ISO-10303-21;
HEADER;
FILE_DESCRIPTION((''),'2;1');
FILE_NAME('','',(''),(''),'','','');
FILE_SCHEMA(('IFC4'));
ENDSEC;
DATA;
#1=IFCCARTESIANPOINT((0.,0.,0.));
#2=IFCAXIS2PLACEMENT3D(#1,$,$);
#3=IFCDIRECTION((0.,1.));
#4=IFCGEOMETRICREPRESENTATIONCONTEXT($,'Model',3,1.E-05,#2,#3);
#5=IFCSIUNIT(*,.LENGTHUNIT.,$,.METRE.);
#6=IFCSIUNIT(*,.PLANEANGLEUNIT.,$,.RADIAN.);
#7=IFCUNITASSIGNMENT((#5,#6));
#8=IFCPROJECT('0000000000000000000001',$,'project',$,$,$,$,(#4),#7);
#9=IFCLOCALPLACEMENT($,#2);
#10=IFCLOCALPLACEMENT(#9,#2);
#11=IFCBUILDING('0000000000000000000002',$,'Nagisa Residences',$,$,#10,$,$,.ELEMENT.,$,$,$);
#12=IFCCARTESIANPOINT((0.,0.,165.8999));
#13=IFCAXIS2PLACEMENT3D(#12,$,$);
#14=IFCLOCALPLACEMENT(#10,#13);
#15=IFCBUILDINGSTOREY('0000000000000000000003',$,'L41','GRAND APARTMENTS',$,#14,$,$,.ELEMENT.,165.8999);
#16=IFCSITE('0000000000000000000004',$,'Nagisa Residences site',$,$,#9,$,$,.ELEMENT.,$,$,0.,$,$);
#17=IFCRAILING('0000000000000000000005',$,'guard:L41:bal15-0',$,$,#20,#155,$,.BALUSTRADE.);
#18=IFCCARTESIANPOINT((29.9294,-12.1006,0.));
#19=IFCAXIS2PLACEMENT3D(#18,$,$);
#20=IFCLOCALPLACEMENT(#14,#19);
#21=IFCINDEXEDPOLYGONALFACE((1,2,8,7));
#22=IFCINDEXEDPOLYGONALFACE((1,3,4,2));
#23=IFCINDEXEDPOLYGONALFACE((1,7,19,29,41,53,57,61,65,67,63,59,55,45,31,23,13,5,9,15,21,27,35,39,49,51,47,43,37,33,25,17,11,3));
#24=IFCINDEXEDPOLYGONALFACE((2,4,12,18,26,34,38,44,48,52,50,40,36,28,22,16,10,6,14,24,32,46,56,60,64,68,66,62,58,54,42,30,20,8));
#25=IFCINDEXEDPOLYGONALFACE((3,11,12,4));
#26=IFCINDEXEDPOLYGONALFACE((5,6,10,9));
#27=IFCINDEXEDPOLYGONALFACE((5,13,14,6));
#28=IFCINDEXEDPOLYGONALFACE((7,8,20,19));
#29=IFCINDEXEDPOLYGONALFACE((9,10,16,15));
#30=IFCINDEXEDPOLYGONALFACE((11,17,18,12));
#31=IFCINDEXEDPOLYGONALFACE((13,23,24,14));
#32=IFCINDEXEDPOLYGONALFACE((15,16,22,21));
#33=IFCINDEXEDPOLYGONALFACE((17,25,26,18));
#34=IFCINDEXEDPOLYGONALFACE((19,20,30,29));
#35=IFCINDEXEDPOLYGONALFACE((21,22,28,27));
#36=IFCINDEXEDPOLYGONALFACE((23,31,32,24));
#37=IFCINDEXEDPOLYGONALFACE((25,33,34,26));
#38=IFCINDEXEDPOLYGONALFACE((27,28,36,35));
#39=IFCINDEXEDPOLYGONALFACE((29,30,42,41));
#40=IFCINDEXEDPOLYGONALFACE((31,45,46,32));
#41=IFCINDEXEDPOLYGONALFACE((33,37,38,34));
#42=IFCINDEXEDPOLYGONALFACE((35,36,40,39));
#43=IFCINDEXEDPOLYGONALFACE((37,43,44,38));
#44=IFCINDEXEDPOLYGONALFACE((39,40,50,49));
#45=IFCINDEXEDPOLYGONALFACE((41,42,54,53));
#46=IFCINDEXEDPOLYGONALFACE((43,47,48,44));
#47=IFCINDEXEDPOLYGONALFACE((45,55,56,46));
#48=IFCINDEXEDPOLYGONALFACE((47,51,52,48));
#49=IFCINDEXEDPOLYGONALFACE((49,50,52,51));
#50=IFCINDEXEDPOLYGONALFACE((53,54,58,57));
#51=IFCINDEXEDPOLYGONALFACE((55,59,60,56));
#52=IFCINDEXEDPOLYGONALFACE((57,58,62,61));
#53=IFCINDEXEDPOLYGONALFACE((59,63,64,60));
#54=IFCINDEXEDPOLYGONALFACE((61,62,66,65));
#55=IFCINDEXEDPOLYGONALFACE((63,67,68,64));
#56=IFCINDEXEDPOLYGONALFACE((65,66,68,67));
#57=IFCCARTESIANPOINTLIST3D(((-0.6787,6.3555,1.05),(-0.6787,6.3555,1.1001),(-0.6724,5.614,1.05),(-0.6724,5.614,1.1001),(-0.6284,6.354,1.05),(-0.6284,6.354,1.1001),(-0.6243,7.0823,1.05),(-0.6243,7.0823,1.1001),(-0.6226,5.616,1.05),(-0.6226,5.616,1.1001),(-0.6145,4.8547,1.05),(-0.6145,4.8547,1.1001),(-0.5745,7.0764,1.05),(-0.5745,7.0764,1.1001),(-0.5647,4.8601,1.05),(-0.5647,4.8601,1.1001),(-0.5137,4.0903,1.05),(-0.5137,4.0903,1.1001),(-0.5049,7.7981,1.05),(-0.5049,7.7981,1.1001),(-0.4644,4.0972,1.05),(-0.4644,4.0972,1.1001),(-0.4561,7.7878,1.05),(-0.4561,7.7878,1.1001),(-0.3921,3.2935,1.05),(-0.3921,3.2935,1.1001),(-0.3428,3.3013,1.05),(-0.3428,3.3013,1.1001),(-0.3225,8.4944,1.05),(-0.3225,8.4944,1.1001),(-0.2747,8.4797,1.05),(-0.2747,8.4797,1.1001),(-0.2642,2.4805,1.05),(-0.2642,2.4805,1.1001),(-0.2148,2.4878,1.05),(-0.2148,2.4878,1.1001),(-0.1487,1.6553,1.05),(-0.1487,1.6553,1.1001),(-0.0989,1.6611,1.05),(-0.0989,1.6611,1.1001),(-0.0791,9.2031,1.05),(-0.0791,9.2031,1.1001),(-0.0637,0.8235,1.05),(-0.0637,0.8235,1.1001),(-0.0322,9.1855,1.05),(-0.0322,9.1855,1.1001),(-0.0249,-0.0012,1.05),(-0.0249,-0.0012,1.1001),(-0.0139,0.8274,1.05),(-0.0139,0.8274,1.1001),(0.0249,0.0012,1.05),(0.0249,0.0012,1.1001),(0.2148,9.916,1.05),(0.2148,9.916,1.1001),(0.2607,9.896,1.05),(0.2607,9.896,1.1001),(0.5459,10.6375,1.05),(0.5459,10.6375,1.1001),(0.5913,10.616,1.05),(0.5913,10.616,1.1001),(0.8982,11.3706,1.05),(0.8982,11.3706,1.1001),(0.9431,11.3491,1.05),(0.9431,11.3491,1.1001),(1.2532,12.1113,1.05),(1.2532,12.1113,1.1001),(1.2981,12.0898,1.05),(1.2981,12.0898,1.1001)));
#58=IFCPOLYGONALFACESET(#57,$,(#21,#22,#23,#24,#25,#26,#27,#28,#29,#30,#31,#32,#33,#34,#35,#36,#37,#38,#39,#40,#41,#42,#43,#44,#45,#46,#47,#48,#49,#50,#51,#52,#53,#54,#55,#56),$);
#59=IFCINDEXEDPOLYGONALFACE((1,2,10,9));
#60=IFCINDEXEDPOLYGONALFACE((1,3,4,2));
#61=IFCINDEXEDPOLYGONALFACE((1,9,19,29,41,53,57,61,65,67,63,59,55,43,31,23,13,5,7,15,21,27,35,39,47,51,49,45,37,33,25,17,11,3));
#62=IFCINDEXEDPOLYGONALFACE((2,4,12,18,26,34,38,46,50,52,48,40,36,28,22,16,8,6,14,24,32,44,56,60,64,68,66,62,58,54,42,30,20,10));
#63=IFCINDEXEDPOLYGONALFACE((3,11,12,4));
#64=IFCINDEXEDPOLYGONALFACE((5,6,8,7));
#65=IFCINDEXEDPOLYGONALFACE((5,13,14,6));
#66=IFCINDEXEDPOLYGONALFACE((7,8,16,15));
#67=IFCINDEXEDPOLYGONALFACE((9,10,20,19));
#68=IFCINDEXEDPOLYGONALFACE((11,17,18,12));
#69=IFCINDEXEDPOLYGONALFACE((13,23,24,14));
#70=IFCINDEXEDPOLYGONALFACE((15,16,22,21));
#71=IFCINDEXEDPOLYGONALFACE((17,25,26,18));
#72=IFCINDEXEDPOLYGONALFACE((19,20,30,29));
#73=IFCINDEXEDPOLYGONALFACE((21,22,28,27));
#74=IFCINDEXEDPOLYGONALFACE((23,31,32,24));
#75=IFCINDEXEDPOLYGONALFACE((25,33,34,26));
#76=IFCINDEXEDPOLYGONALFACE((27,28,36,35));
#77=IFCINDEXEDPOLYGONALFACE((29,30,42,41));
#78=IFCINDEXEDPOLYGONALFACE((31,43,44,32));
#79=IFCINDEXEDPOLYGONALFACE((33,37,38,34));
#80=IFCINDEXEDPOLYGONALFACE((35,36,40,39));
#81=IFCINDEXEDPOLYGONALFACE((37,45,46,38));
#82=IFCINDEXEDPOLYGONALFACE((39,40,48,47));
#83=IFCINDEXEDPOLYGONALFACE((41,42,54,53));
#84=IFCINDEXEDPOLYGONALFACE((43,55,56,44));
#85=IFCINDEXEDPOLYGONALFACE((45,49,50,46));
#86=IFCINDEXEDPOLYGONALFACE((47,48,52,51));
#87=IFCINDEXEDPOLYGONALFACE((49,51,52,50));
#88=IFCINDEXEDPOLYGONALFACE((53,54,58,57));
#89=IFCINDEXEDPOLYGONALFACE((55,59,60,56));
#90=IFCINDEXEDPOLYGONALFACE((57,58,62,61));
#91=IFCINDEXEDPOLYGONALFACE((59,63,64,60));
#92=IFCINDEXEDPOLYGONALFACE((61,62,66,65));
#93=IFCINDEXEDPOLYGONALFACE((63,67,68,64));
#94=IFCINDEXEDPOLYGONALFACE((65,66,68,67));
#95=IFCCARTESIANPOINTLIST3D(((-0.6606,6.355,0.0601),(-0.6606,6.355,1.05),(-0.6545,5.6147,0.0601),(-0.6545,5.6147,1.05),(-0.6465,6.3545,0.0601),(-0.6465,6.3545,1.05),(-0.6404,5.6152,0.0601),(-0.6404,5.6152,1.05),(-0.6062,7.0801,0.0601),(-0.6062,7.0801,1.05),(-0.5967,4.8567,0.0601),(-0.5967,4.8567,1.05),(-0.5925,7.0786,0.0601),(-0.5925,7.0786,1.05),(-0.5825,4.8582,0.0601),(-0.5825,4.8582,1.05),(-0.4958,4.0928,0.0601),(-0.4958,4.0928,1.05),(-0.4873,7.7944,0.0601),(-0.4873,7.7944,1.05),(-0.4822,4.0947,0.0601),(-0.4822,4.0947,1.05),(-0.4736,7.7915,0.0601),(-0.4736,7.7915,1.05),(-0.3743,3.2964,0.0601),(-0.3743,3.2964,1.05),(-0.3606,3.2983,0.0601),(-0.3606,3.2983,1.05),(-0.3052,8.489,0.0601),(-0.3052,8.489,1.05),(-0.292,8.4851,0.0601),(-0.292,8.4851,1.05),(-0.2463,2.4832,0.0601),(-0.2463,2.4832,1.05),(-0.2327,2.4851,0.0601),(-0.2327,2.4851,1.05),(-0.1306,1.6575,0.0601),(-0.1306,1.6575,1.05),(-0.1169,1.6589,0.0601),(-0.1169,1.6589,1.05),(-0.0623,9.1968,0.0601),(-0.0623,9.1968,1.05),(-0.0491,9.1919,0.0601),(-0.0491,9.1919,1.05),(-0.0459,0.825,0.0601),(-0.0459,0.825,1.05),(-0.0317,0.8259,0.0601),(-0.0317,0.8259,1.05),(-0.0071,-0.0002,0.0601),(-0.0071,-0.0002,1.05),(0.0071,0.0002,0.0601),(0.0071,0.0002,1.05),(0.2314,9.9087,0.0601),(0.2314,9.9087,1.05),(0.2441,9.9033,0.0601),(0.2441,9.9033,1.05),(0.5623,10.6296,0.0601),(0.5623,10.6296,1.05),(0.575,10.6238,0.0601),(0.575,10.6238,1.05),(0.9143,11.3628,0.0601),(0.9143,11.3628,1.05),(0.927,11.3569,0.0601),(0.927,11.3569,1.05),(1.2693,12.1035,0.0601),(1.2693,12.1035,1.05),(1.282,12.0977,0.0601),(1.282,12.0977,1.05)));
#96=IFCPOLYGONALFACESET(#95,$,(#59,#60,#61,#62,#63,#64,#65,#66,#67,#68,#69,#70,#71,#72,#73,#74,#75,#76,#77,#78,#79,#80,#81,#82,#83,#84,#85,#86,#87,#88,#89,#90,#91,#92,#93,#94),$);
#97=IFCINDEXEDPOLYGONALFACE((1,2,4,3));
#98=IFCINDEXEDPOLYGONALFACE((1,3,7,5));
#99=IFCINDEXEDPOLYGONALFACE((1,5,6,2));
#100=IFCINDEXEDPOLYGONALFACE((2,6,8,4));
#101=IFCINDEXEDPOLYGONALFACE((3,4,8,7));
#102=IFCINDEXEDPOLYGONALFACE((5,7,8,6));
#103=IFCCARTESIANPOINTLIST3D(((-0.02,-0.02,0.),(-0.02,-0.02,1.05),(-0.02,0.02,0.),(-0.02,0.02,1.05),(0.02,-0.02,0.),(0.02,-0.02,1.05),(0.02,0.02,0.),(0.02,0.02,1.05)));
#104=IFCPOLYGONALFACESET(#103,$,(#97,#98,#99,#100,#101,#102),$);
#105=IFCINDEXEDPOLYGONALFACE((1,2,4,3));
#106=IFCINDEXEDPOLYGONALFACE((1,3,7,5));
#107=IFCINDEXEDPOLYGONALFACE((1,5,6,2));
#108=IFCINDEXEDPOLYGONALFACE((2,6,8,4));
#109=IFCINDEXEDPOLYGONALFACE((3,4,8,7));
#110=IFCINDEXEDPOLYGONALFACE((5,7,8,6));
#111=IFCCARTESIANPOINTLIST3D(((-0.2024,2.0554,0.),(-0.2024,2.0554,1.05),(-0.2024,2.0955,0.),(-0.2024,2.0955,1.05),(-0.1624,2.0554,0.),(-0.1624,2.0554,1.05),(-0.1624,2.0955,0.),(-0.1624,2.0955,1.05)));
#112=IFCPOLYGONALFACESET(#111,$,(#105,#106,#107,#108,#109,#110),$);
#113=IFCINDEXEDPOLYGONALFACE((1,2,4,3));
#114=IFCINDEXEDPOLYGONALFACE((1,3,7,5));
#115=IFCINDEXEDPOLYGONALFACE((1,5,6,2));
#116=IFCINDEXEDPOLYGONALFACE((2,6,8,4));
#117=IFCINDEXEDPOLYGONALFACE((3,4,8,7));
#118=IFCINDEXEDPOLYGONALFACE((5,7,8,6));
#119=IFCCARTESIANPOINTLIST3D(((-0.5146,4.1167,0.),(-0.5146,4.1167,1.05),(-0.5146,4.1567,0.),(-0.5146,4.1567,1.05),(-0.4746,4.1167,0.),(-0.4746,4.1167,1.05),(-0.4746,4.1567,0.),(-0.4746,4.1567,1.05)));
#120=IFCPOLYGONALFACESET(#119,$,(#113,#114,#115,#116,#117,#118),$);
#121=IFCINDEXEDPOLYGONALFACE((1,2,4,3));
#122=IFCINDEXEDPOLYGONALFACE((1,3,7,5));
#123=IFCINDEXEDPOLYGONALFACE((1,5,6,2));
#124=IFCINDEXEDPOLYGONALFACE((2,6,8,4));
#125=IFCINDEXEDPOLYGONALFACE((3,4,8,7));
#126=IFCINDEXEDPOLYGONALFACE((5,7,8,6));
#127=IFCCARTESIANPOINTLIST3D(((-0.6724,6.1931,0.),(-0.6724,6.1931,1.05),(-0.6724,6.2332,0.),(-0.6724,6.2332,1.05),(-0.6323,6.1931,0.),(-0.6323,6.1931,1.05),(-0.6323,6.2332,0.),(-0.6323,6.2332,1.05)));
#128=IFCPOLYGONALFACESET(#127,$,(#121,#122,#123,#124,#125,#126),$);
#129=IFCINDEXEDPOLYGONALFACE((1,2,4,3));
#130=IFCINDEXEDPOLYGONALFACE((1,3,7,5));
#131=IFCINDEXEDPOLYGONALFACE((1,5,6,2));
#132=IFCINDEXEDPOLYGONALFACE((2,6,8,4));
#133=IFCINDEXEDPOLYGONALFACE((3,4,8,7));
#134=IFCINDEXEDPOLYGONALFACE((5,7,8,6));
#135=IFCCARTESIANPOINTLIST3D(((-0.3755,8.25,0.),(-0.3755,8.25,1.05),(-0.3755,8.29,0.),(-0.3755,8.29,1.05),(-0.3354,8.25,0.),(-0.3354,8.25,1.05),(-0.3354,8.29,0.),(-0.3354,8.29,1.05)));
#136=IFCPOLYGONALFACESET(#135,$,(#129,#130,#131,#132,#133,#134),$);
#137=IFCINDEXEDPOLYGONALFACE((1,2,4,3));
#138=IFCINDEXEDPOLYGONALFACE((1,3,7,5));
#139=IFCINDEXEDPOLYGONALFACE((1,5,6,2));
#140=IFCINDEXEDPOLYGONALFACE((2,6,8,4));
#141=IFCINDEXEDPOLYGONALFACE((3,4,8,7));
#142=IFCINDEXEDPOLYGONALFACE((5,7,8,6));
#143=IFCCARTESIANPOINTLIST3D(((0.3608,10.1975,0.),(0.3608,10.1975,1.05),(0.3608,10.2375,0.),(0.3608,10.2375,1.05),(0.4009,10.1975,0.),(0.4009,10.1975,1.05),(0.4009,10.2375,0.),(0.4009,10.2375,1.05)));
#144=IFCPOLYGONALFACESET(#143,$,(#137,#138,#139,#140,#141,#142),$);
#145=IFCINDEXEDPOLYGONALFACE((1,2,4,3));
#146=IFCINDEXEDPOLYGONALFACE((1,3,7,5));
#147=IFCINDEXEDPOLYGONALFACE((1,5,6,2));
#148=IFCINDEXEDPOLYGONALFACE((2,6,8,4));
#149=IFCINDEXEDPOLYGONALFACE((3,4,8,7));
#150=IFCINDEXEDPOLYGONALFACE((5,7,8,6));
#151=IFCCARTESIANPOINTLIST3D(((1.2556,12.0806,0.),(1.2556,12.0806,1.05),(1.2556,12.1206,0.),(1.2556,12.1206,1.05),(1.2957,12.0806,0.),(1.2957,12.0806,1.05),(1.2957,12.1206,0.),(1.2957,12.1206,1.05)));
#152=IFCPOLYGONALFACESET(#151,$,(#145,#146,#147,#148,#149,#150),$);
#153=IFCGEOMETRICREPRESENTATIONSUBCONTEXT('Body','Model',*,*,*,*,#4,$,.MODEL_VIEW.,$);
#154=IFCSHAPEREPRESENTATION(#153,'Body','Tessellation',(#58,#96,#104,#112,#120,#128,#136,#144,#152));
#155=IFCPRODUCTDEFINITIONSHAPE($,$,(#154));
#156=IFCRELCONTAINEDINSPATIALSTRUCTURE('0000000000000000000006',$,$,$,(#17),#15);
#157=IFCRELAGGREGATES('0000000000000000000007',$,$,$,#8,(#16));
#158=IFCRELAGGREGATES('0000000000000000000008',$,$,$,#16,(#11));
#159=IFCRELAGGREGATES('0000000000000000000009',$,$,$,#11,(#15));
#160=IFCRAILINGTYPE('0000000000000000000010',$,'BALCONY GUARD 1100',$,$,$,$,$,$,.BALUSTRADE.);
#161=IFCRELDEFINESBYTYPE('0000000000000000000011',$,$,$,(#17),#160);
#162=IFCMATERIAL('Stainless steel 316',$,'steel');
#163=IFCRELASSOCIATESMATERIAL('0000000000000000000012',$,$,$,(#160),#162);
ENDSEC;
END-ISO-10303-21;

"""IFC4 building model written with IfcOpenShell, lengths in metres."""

from ifc_helpers import new_model, si_unit, direction, frame, origin, origin_2d, place, context, subcontext, project, spatial, polyline, rectangle, outline, extrude, material, type_object, element, save


model = new_model("IFC4")

# Units and contexts
model_context = context("Model", 3, precision=1e-05, world=origin(), true_north=direction((0.0, 1.0)))
body_context = subcontext(model_context, "Body", "Model", "MODEL_VIEW")
ifc_project = project(units=[si_unit("LENGTHUNIT", "METRE"), si_unit("PLANEANGLEUNIT", "RADIAN")], contexts=[model_context])

# Site, building, storey
site_placement = place(None, origin())
site = spatial("IfcSite", under=ifc_project, at=site_placement, Name="Nagisa Residences site", CompositionType="ELEMENT", RefElevation=0.0)
building_placement = place(site_placement, origin())
building = spatial("IfcBuilding", under=site, at=building_placement, Name="Nagisa Residences", CompositionType="ELEMENT")
storey_placement = place(building_placement, frame((0.0, 0.0, 165.8999)))
storey = spatial("IfcBuildingStorey", under=building, at=storey_placement, Name="L41", Description="GRAND APARTMENTS", CompositionType="ELEMENT", Elevation=165.8999)

# Railing
ifc_material_1 = material(Name="Stainless steel 316", Category="steel")
railing_type = type_object("IfcRailingType", Name="BALCONY GUARD 1100", PredefinedType="BALUSTRADE", material=ifc_material_1)
railing_1_placement = place(storey_placement, frame((29.9294, -12.1006, 0.0)))
element("IfcRailing", 1, at=railing_1_placement, inside=storey, type_object=railing_type, Name="guard:L41:bal15-0", PredefinedType="BALUSTRADE", context=body_context, shape_type="SweptSolid", body=[
    extrude(outline(polyline([(-0.0637, 0.8235), (-0.0249, -0.0012), (0.0249, 0.0012), (-0.0139, 0.8274), (-0.0989, 1.6611), (-0.2148, 2.4878), (-0.3428, 3.3013), (-0.4644, 4.0972), (-0.5647, 4.8601), (-0.6226, 5.616), (-0.6284, 6.354), (-0.5745, 7.0764), (-0.4561, 7.7878), (-0.2747, 8.4797), (-0.0322, 9.1855), (0.2607, 9.896), (0.5913, 10.616), (0.9431, 11.3491), (1.2981, 12.0898), (1.2532, 12.1113), (0.8982, 11.3706), (0.5459, 10.6375), (0.2148, 9.916), (-0.0791, 9.2031), (-0.3225, 8.4944), (-0.5049, 7.7981), (-0.6243, 7.0823), (-0.6787, 6.3555), (-0.6724, 5.614), (-0.6145, 4.8547), (-0.5137, 4.0903), (-0.3921, 3.2935), (-0.2642, 2.4805), (-0.1487, 1.6553), (-0.0637, 0.8235)])), frame((0.0, 0.0, 1.05)), (0.0, 0.0, 1.0), 0.05),
    extrude(outline(polyline([(-0.0459, 0.825), (-0.0071, -0.0002), (0.0071, 0.0002), (-0.0317, 0.8259), (-0.1169, 1.6589), (-0.2327, 2.4851), (-0.3606, 3.2983), (-0.4822, 4.0947), (-0.5825, 4.8582), (-0.6404, 5.6152), (-0.6465, 6.3545), (-0.5925, 7.0786), (-0.4736, 7.7915), (-0.292, 8.4851), (-0.0491, 9.1919), (0.2441, 9.9033), (0.575, 10.6238), (0.927, 11.3569), (1.282, 12.0977), (1.2693, 12.1035), (0.9143, 11.3628), (0.5623, 10.6296), (0.2314, 9.9087), (-0.0623, 9.1968), (-0.3052, 8.489), (-0.4873, 7.7944), (-0.6062, 7.0801), (-0.6606, 6.355), (-0.6545, 5.6147), (-0.5967, 4.8567), (-0.4958, 4.0928), (-0.3743, 3.2964), (-0.2463, 2.4832), (-0.1306, 1.6575), (-0.0459, 0.825)])), frame((0.0, 0.0, 0.0601)), (0.0, 0.0, 1.0), 0.99),
    extrude(rectangle(XDim=0.04, YDim=0.04, at=origin_2d()), origin(), (0.0, 0.0, 1.0), 1.05),
    extrude(rectangle(XDim=0.04, YDim=0.04, at=origin_2d()), frame((-0.1824, 2.0754, 0.0)), (0.0, 0.0, 1.0), 1.05),
    extrude(rectangle(XDim=0.04, YDim=0.04, at=origin_2d()), frame((-0.4946, 4.1367, 0.0)), (0.0, 0.0, 1.0), 1.05),
    extrude(rectangle(XDim=0.04, YDim=0.04, at=origin_2d()), frame((-0.6523, 6.2131, 0.0)), (0.0, 0.0, 1.0), 1.05),
    extrude(rectangle(XDim=0.04, YDim=0.04, at=origin_2d()), frame((-0.3555, 8.27, 0.0)), (0.0, 0.0, 1.0), 1.05),
    extrude(rectangle(XDim=0.04, YDim=0.04, at=origin_2d()), frame((0.3809, 10.2175, 0.0)), (0.0, 0.0, 1.0), 1.05),
    extrude(rectangle(XDim=0.04, YDim=0.04, at=origin_2d()), frame((1.2756, 12.1006, 0.0)), (0.0, 0.0, 1.0), 1.05),
])

save(model, "model.ifc")
